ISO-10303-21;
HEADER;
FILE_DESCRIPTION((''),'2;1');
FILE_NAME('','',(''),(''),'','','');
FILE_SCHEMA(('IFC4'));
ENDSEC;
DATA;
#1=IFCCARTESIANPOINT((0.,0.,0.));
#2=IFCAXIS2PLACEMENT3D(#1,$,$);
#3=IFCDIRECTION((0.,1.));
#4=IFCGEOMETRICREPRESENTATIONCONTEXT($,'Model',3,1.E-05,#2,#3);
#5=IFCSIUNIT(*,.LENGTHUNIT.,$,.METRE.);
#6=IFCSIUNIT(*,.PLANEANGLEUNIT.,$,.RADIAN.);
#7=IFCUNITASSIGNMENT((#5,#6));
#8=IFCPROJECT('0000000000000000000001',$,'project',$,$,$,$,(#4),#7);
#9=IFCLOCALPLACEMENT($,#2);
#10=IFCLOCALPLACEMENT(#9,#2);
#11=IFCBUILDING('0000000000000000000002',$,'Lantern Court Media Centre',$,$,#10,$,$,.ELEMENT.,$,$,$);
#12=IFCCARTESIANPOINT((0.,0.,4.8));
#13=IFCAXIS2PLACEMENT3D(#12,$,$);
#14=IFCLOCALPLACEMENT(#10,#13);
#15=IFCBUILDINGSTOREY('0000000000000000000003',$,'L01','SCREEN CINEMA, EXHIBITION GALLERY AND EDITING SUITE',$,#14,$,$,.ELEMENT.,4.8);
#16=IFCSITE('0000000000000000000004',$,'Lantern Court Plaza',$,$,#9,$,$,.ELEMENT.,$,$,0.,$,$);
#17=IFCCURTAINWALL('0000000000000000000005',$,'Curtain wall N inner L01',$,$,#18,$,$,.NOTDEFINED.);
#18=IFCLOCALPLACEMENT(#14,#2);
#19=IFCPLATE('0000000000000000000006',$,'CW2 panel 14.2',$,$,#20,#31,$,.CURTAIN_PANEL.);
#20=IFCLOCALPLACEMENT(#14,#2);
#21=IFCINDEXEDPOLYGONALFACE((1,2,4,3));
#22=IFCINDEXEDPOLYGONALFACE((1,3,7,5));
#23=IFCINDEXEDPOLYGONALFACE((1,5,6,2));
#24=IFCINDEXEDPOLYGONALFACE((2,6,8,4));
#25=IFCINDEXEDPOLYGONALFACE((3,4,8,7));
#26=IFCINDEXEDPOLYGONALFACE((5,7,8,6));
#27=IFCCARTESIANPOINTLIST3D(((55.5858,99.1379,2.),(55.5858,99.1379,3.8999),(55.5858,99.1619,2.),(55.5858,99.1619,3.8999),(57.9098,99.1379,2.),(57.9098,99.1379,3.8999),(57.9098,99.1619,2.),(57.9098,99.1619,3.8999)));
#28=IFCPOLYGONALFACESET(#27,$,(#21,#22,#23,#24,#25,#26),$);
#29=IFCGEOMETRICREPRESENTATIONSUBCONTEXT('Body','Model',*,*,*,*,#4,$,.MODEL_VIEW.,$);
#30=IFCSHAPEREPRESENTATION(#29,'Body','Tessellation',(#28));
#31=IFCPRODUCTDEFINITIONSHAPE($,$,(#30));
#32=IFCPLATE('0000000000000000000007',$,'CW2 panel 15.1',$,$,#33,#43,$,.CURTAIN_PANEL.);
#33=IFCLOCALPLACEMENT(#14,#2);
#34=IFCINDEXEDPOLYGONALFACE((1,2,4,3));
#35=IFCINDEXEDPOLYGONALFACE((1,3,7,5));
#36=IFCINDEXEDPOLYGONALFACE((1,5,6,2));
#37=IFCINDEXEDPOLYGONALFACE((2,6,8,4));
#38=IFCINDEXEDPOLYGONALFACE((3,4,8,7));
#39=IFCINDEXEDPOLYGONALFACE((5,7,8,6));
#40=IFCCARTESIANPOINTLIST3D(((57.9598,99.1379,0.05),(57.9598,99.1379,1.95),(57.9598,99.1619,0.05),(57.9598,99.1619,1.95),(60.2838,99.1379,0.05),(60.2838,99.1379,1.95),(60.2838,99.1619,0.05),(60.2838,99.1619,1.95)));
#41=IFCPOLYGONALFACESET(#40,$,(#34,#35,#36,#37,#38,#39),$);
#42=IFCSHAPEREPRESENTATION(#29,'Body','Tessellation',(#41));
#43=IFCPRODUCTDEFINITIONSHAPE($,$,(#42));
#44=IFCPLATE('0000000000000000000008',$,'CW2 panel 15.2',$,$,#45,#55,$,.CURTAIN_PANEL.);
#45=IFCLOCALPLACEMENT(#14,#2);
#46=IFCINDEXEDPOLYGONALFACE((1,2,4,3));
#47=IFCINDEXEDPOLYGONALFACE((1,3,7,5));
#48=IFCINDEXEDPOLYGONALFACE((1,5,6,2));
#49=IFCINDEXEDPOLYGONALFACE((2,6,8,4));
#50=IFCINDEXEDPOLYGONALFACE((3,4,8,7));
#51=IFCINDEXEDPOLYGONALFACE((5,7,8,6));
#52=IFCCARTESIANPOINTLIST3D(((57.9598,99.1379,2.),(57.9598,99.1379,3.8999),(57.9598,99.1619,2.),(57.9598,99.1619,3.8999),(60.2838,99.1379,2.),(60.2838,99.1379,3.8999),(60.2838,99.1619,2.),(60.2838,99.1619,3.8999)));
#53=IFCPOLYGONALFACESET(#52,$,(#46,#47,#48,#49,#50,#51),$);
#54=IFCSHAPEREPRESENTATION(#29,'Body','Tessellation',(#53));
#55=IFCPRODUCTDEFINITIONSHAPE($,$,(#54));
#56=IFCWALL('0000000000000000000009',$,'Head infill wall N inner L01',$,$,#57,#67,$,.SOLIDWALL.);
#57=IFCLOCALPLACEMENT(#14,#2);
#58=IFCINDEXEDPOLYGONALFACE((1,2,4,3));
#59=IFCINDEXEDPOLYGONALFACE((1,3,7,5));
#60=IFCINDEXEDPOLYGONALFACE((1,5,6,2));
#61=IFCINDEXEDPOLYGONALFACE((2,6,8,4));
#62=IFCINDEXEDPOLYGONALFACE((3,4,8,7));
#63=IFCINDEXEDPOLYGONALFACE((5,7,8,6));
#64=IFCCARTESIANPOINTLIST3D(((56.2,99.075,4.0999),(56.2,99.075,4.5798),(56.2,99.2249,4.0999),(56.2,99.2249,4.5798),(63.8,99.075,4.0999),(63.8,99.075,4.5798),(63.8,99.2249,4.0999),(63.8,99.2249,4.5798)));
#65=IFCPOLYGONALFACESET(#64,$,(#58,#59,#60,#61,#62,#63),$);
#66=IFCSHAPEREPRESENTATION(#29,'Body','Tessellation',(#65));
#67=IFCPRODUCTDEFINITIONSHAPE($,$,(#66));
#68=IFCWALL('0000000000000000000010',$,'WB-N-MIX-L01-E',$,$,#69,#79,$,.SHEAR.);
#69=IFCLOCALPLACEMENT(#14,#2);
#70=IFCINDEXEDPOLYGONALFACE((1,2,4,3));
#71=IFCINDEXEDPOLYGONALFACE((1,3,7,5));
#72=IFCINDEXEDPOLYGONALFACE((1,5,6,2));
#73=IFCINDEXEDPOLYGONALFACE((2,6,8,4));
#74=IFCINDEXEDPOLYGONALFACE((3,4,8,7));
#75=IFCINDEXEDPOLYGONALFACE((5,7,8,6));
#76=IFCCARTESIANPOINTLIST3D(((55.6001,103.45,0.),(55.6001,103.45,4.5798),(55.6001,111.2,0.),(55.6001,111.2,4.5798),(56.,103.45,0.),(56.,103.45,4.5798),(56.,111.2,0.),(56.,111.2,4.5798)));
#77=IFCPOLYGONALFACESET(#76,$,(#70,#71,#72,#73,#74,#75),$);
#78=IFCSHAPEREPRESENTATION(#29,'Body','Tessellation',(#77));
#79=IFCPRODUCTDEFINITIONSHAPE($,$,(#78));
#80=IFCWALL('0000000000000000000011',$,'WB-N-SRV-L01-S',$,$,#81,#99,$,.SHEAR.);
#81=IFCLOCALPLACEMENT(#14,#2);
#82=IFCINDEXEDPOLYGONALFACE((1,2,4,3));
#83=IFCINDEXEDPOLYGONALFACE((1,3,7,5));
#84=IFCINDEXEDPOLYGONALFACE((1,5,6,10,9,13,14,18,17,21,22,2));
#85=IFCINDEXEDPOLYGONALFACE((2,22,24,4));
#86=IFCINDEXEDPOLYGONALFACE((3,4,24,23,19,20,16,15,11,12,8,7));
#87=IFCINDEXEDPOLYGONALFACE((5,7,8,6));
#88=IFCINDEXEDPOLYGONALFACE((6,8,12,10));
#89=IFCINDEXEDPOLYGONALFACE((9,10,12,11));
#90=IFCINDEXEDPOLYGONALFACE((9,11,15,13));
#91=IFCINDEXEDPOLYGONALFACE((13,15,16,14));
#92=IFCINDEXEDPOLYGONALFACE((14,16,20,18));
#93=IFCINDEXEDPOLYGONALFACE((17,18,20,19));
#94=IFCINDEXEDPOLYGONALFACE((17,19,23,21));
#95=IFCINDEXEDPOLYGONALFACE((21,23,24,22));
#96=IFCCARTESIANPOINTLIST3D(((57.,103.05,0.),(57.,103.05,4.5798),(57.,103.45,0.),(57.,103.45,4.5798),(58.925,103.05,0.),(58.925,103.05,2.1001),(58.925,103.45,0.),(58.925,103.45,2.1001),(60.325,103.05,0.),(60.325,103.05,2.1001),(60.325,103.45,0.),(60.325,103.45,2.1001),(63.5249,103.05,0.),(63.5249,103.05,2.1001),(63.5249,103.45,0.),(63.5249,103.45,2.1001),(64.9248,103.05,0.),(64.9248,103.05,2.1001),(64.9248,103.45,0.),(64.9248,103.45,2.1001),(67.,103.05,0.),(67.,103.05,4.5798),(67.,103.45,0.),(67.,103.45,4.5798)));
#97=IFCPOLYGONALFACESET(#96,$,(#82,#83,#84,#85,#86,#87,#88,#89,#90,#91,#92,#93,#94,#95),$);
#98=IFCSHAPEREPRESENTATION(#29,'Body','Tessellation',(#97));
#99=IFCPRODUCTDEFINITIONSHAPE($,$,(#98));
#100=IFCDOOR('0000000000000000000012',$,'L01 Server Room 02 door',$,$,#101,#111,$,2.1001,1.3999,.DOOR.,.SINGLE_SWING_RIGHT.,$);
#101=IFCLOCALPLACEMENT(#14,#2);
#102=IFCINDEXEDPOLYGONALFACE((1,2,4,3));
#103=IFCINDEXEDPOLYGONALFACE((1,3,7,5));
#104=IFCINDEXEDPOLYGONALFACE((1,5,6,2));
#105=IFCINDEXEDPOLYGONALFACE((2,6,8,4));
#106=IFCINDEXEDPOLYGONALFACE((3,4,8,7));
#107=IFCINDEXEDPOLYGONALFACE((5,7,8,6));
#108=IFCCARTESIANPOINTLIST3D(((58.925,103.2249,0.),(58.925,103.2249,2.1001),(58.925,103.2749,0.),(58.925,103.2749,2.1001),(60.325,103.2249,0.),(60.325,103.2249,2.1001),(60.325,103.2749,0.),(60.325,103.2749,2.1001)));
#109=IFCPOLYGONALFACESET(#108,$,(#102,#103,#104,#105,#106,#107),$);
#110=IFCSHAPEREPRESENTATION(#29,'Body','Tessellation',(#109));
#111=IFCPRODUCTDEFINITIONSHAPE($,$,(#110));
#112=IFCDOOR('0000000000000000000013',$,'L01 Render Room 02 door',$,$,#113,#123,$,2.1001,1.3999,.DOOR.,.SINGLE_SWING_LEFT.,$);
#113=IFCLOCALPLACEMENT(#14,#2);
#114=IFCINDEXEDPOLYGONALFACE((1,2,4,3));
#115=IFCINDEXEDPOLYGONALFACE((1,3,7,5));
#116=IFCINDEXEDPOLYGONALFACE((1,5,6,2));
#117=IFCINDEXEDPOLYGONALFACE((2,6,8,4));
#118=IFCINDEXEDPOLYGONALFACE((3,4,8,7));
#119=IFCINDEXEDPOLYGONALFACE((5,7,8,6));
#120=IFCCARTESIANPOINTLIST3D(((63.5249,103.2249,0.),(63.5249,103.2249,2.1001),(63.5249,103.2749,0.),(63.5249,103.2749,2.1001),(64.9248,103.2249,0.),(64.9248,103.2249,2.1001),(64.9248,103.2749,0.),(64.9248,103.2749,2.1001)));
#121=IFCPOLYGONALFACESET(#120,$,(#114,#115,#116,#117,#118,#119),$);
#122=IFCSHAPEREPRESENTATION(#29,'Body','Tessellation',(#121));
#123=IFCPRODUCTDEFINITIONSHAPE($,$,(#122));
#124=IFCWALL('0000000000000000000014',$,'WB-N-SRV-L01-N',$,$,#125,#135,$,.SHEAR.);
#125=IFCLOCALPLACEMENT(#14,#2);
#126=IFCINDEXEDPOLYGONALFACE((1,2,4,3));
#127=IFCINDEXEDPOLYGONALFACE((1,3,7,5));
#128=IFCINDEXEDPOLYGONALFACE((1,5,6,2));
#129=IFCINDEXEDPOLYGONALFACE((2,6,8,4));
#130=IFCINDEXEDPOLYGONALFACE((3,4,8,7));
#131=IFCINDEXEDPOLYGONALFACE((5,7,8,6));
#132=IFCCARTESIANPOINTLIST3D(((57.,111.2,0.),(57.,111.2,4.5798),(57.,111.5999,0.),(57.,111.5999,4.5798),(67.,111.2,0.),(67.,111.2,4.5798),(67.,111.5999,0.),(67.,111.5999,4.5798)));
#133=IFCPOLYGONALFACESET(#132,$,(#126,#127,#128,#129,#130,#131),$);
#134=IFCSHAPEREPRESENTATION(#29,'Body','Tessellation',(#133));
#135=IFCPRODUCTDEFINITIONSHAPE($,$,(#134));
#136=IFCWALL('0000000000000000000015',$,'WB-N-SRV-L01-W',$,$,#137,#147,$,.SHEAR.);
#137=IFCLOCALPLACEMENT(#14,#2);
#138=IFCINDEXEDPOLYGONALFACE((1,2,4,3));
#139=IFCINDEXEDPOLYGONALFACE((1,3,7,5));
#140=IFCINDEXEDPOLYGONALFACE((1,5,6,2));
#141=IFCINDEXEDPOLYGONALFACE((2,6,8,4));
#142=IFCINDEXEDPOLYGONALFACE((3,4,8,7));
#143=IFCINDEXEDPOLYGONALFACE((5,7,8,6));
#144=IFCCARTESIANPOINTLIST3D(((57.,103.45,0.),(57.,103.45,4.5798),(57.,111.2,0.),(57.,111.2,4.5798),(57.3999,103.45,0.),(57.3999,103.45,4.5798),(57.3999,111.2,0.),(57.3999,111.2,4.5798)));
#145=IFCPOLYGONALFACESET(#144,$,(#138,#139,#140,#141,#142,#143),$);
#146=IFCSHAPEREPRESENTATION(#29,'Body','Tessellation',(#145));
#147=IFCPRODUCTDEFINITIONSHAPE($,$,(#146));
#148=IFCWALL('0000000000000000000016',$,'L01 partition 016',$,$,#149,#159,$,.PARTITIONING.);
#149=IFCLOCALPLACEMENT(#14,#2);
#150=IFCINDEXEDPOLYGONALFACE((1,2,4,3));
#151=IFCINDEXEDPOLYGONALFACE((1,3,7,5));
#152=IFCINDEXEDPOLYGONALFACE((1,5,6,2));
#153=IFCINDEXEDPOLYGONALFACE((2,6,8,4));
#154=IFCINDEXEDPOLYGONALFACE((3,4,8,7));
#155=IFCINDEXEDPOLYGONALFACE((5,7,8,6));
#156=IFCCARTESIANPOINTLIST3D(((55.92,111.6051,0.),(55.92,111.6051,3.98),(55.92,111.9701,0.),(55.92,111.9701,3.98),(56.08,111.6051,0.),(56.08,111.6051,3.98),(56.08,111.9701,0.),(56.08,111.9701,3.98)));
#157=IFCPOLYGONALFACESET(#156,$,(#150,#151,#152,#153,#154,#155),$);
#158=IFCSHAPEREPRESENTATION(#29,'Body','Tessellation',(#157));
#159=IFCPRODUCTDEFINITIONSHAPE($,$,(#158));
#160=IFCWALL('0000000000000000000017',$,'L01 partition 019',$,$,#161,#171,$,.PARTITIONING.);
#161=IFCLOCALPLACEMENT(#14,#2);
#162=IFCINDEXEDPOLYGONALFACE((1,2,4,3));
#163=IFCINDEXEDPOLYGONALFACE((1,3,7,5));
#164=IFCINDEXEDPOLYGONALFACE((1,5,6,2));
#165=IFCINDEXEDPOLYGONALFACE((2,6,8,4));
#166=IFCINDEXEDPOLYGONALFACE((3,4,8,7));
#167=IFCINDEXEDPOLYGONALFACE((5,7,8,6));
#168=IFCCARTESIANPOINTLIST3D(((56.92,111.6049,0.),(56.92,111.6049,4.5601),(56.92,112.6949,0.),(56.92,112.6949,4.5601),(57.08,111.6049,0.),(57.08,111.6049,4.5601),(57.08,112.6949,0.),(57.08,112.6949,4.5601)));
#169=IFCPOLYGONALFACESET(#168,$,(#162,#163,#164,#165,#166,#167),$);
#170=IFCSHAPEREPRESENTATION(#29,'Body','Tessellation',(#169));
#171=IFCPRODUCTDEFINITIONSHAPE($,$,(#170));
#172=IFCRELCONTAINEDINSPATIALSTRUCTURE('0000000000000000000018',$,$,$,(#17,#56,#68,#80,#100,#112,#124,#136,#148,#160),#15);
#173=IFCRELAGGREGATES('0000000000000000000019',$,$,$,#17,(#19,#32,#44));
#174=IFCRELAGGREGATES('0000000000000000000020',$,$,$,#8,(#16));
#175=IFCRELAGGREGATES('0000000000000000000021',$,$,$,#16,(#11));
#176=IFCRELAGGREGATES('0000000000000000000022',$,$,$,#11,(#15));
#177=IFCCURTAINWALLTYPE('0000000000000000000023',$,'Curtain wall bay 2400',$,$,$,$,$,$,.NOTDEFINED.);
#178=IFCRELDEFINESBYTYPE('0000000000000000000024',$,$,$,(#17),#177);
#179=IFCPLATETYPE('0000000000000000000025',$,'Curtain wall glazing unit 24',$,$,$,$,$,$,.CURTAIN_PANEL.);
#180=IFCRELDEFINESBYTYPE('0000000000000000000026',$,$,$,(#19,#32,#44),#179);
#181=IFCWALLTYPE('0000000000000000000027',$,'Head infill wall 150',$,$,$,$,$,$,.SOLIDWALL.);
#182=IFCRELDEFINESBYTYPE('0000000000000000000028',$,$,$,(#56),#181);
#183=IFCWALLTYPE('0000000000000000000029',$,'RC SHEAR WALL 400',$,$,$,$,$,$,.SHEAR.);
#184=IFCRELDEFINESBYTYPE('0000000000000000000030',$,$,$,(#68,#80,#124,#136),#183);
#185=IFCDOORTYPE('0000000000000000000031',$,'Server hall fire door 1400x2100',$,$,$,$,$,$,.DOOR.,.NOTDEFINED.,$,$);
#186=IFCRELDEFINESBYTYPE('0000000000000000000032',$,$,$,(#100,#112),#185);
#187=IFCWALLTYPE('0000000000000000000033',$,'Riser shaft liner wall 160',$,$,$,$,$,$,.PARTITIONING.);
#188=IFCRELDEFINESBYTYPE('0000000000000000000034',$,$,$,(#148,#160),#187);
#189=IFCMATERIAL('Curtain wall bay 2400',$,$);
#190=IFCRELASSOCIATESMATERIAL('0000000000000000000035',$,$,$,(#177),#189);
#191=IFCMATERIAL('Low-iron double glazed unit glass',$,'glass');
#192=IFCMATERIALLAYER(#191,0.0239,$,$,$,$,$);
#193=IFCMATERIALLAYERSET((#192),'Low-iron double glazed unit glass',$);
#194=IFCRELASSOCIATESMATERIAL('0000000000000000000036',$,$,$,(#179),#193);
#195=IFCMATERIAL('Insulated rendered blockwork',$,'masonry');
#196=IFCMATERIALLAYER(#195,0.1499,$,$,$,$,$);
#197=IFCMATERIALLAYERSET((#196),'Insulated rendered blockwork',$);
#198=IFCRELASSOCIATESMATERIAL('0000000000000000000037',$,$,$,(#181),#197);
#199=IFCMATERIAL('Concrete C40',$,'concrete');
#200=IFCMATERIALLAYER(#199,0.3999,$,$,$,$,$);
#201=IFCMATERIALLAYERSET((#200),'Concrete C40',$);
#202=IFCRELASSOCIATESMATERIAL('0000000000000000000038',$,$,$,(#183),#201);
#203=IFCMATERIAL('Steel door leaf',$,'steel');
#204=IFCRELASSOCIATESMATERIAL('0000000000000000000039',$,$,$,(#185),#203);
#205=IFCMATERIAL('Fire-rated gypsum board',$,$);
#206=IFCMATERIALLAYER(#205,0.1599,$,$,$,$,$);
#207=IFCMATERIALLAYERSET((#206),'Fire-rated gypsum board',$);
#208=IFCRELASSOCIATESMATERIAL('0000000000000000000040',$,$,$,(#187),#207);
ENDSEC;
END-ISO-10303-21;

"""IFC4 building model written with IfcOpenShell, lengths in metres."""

from ifc_helpers import new_model, si_unit, direction, frame, frame_2d, origin, origin_2d, place, context, subcontext, project, spatial, rectangle, extrude, material, layer, layer_set, type_object, element, fill, aggregate, save


model = new_model("IFC4")

# Units and contexts
model_context = context("Model", 3, precision=1e-05, world=origin(), true_north=direction((0.0, 1.0)))
body_context = subcontext(model_context, "Body", "Model", "MODEL_VIEW")
ifc_project = project(units=[si_unit("LENGTHUNIT", "METRE"), si_unit("PLANEANGLEUNIT", "RADIAN")], contexts=[model_context])

# Site, building, storey
site_placement = place(None, origin())
site = spatial("IfcSite", under=ifc_project, at=site_placement, Name="Lantern Court Plaza", CompositionType="ELEMENT", RefElevation=0.0)
building_placement = place(site_placement, origin())
building = spatial("IfcBuilding", under=site, at=building_placement, Name="Lantern Court Media Centre", CompositionType="ELEMENT")
storey_placement = place(building_placement, frame((0.0, 0.0, 4.8)))
storey = spatial("IfcBuildingStorey", under=building, at=storey_placement, Name="L01", Description="SCREEN CINEMA, EXHIBITION GALLERY AND EDITING SUITE", CompositionType="ELEMENT", Elevation=4.8)

# Curtain wall
ifc_material_1 = material(Name="Curtain wall bay 2400")
curtain_wall_type = type_object("IfcCurtainWallType", Name="Curtain wall bay 2400", PredefinedType="NOTDEFINED", material=ifc_material_1)
curtain_wall_placement = place(storey_placement, origin())
curtain_wall = element("IfcCurtainWall", 1, at=curtain_wall_placement, inside=storey, type_object=curtain_wall_type, Name="Curtain wall N inner L01", PredefinedType="NOTDEFINED")

# Plates
ifc_material_2 = material(Name="Low-iron double glazed unit glass", Category="glass")
ifc_layer_1 = layer(ifc_material_2, 0.0239)
ifc_layer_set_1 = layer_set([ifc_layer_1], Name="Low-iron double glazed unit glass")
plate_type = type_object("IfcPlateType", Name="Curtain wall glazing unit 24", PredefinedType="CURTAIN_PANEL", material=ifc_layer_set_1)
plate_1_placement = place(storey_placement, frame((56.7478, 99.1499, 2.0), z_axis=(0.0, 0.0, 1.0), x_axis=(1.0, 0.0, 0.0)))
plate_1 = element("IfcPlate", 2, at=plate_1_placement, type_object=plate_type, Name="CW2 panel 14.2", PredefinedType="CURTAIN_PANEL", context=body_context, shape_type="SweptSolid", body=[
    extrude(rectangle(XDim=2.324, YDim=0.0239, at=origin_2d()), origin(), (0.0, 0.0, 1.0), 1.8999),
])
plate_2_placement = place(storey_placement, frame((59.1218, 99.1499, 0.05), z_axis=(0.0, 0.0, 1.0), x_axis=(1.0, 0.0, 0.0)))
plate_2 = element("IfcPlate", 3, at=plate_2_placement, type_object=plate_type, Name="CW2 panel 15.1", PredefinedType="CURTAIN_PANEL", context=body_context, shape_type="SweptSolid", body=[
    extrude(rectangle(XDim=2.324, YDim=0.0239, at=origin_2d()), origin(), (0.0, 0.0, 1.0), 1.8999),
])
plate_3_placement = place(storey_placement, frame((59.1218, 99.1499, 2.0), z_axis=(0.0, 0.0, 1.0), x_axis=(1.0, 0.0, 0.0)))
plate_3 = element("IfcPlate", 4, at=plate_3_placement, type_object=plate_type, Name="CW2 panel 15.2", PredefinedType="CURTAIN_PANEL", context=body_context, shape_type="SweptSolid", body=[
    extrude(rectangle(XDim=2.324, YDim=0.0239, at=origin_2d()), origin(), (0.0, 0.0, 1.0), 1.8999),
])
aggregate(curtain_wall, [plate_1, plate_2, plate_3])

# Walls
ifc_material_3 = material(Name="Insulated rendered blockwork", Category="masonry")
ifc_layer_2 = layer(ifc_material_3, 0.1499)
ifc_layer_set_2 = layer_set([ifc_layer_2], Name="Insulated rendered blockwork")
wall_type_1 = type_object("IfcWallType", Name="Head infill wall 150", PredefinedType="SOLIDWALL", material=ifc_layer_set_2)
wall_1_placement = place(storey_placement, frame((56.2, 99.1499, 4.0999), z_axis=(0.0, 0.0, 1.0), x_axis=(1.0, 0.0, 0.0)))
element("IfcWall", 5, at=wall_1_placement, inside=storey, type_object=wall_type_1, Name="Head infill wall N inner L01", PredefinedType="SOLIDWALL", context=body_context, shape_type="SweptSolid", body=[
    extrude(rectangle(XDim=7.6001, YDim=0.1499, at=frame_2d((3.8, 0.0))), origin(), (0.0, 0.0, 1.0), 0.48),
])
ifc_material_4 = material(Name="Concrete C40", Category="concrete")
ifc_layer_3 = layer(ifc_material_4, 0.3999)
ifc_layer_set_3 = layer_set([ifc_layer_3], Name="Concrete C40")
wall_type_2 = type_object("IfcWallType", Name="RC SHEAR WALL 400", PredefinedType="SHEAR", material=ifc_layer_set_3)
wall_2_placement = place(storey_placement, frame((55.8, 103.45, 0.0), z_axis=(0.0, 0.0, 1.0), x_axis=(0.0, 1.0, 0.0)))
element("IfcWall", 6, at=wall_2_placement, inside=storey, type_object=wall_type_2, Name="WB-N-MIX-L01-E", PredefinedType="SHEAR", context=body_context, shape_type="SweptSolid", body=[
    extrude(rectangle(XDim=7.75, YDim=0.3999, at=frame_2d((3.875, 0.0))), origin(), (0.0, 0.0, 1.0), 4.5798),
])

# Wall, openings, doors
wall_3_placement = place(storey_placement, frame((57.0, 103.25, 0.0), z_axis=(0.0, 0.0, 1.0), x_axis=(1.0, 0.0, 0.0)))
wall_3 = element("IfcWall", 7, at=wall_3_placement, inside=storey, type_object=wall_type_2, Name="WB-N-SRV-L01-S", PredefinedType="SHEAR", context=body_context, shape_type="SweptSolid", body=[
    extrude(rectangle(XDim=10.0, YDim=0.3999, at=frame_2d((5.0, 0.0))), origin(), (0.0, 0.0, 1.0), 4.5798),
])
opening_1_placement = place(wall_3_placement, frame((1.925, 0.0, 0.0)))
opening_1 = element("IfcOpeningElement", 8, at=opening_1_placement, cuts=wall_3, PredefinedType="OPENING", context=body_context, shape_type="SweptSolid", body=[
    extrude(rectangle(XDim=1.3999, YDim=2.1001, at=frame_2d((0.7, 1.05))), frame((0.0, 0.21, 0.0), z_axis=(0.0, -1.0, 0.0), x_axis=(1.0, 0.0, 0.0)), (0.0, 0.0, 1.0), 0.4199),
])
opening_2_placement = place(wall_3_placement, frame((6.5249, 0.0, 0.0)))
opening_2 = element("IfcOpeningElement", 9, at=opening_2_placement, cuts=wall_3, PredefinedType="OPENING", context=body_context, shape_type="SweptSolid", body=[
    extrude(rectangle(XDim=1.3999, YDim=2.1001, at=frame_2d((0.7, 1.05))), frame((0.0, 0.21, 0.0), z_axis=(0.0, -1.0, 0.0), x_axis=(1.0, 0.0, 0.0)), (0.0, 0.0, 1.0), 0.4199),
])
ifc_material_5 = material(Name="Steel door leaf", Category="steel")
door_type = type_object("IfcDoorType", Name="Server hall fire door 1400x2100", OperationType="NOTDEFINED", PredefinedType="DOOR", material=ifc_material_5)
door_1_placement = place(opening_1_placement, origin())
door_1 = element("IfcDoor", 10, at=door_1_placement, inside=storey, type_object=door_type, Name="L01 Server Room 02 door", OperationType="SINGLE_SWING_RIGHT", OverallHeight=2.1001, OverallWidth=1.3999, PredefinedType="DOOR", context=body_context, shape_type="SweptSolid", body=[
    extrude(rectangle(XDim=1.3999, YDim=2.1001, at=frame_2d((0.7, 1.05))), frame((0.0, 0.0249, 0.0), z_axis=(0.0, -1.0, 0.0), x_axis=(1.0, 0.0, 0.0)), (0.0, 0.0, 1.0), 0.05),
])
fill(opening_1, door_1)
door_2_placement = place(opening_2_placement, origin())
door_2 = element("IfcDoor", 11, at=door_2_placement, inside=storey, type_object=door_type, Name="L01 Render Room 02 door", OperationType="SINGLE_SWING_LEFT", OverallHeight=2.1001, OverallWidth=1.3999, PredefinedType="DOOR", context=body_context, shape_type="SweptSolid", body=[
    extrude(rectangle(XDim=1.3999, YDim=2.1001, at=frame_2d((0.7, 1.05))), frame((0.0, 0.0249, 0.0), z_axis=(0.0, -1.0, 0.0), x_axis=(1.0, 0.0, 0.0)), (0.0, 0.0, 1.0), 0.05),
])
fill(opening_2, door_2)

# Walls
wall_4_placement = place(storey_placement, frame((57.0, 111.3999, 0.0), z_axis=(0.0, 0.0, 1.0), x_axis=(1.0, 0.0, 0.0)))
element("IfcWall", 12, at=wall_4_placement, inside=storey, type_object=wall_type_2, Name="WB-N-SRV-L01-N", PredefinedType="SHEAR", context=body_context, shape_type="SweptSolid", body=[
    extrude(rectangle(XDim=10.0, YDim=0.3999, at=frame_2d((5.0, 0.0))), origin(), (0.0, 0.0, 1.0), 4.5798),
])
wall_5_placement = place(storey_placement, frame((57.2, 103.45, 0.0), z_axis=(0.0, 0.0, 1.0), x_axis=(0.0, 1.0, 0.0)))
element("IfcWall", 13, at=wall_5_placement, inside=storey, type_object=wall_type_2, Name="WB-N-SRV-L01-W", PredefinedType="SHEAR", context=body_context, shape_type="SweptSolid", body=[
    extrude(rectangle(XDim=7.75, YDim=0.3999, at=frame_2d((3.875, 0.0))), origin(), (0.0, 0.0, 1.0), 4.5798),
])
ifc_material_6 = material(Name="Fire-rated gypsum board")
ifc_layer_4 = layer(ifc_material_6, 0.1599)
ifc_layer_set_4 = layer_set([ifc_layer_4], Name="Fire-rated gypsum board")
wall_type_3 = type_object("IfcWallType", Name="Riser shaft liner wall 160", PredefinedType="PARTITIONING", material=ifc_layer_set_4)
wall_6_placement = place(storey_placement, frame((56.0, 111.605, 0.0), z_axis=(0.0, 0.0, 1.0), x_axis=(0.0, 1.0, 0.0)))
element("IfcWall", 14, at=wall_6_placement, inside=storey, type_object=wall_type_3, Name="L01 partition 016", PredefinedType="PARTITIONING", context=body_context, shape_type="SweptSolid", body=[
    extrude(rectangle(XDim=0.365, YDim=0.1599, at=frame_2d((0.1826, 0.0))), origin(), (0.0, 0.0, 1.0), 3.98),
])
wall_7_placement = place(storey_placement, frame((57.0, 111.605, 0.0), z_axis=(0.0, 0.0, 1.0), x_axis=(0.0, 1.0, 0.0)))
element("IfcWall", 15, at=wall_7_placement, inside=storey, type_object=wall_type_3, Name="L01 partition 019", PredefinedType="PARTITIONING", context=body_context, shape_type="SweptSolid", body=[
    extrude(rectangle(XDim=1.0901, YDim=0.1599, at=frame_2d((0.5449, 0.0))), origin(), (0.0, 0.0, 1.0), 4.5601),
])

save(model, "model.ifc")
